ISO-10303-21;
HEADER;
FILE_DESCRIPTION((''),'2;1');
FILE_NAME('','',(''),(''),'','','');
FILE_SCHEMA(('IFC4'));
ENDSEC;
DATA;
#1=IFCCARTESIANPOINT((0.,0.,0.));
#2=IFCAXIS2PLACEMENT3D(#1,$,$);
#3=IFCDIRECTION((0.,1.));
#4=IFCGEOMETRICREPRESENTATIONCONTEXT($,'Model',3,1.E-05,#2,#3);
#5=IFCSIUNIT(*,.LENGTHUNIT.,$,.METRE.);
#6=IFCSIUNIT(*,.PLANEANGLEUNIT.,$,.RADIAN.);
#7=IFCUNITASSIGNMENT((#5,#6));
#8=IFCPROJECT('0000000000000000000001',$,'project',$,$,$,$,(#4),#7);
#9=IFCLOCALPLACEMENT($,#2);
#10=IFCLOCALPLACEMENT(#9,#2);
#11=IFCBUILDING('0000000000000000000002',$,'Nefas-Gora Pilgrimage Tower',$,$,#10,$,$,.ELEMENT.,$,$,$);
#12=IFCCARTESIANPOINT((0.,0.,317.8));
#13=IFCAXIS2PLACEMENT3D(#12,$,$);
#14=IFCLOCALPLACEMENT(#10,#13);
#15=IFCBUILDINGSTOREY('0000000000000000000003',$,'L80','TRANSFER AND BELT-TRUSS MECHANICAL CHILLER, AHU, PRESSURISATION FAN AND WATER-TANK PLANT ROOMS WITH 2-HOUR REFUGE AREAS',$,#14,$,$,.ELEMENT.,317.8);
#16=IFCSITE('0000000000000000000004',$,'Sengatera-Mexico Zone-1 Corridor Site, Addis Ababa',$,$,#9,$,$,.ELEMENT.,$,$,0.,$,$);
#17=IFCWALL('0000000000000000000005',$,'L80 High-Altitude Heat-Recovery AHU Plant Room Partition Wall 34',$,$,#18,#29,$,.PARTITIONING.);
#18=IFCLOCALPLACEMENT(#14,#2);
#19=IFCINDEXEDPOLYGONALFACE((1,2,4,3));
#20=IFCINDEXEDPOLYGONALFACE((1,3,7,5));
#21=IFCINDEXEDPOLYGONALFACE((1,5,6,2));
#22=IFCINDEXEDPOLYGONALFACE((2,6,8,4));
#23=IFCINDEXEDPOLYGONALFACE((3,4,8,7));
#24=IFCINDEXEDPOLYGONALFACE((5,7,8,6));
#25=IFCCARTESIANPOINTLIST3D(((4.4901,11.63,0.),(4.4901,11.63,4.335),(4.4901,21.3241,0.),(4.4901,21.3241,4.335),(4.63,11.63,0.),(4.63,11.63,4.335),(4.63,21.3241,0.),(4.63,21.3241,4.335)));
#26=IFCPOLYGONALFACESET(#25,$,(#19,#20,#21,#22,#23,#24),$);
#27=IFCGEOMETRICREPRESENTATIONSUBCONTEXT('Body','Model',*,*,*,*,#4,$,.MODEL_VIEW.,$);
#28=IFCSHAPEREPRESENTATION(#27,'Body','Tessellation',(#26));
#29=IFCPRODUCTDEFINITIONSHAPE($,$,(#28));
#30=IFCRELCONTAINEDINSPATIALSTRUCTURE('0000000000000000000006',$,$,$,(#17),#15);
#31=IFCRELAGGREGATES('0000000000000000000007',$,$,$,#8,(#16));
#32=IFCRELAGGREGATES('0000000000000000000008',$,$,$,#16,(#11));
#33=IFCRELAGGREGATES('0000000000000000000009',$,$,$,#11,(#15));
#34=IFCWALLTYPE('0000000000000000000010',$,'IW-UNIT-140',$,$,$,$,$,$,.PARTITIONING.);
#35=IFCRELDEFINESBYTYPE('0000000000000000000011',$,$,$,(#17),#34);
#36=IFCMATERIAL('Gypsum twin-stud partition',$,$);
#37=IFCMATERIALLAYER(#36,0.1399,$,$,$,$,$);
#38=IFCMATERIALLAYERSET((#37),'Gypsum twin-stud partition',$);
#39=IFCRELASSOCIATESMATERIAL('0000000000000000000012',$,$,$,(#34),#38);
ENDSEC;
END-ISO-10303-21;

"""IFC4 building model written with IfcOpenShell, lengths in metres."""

from ifc_helpers import new_model, si_unit, direction, frame, frame_2d, origin, place, context, subcontext, project, spatial, rectangle, extrude, source, transform, mapped, material, layer, layer_set, type_object, element, save


model = new_model("IFC4")

# Units and contexts
model_context = context("Model", 3, precision=1e-05, world=origin(), true_north=direction((0.0, 1.0)))
body_context = subcontext(model_context, "Body", "Model", "MODEL_VIEW")
ifc_project = project(units=[si_unit("LENGTHUNIT", "METRE"), si_unit("PLANEANGLEUNIT", "RADIAN")], contexts=[model_context])

# Site, building, storey
site_placement = place(None, origin())
site = spatial("IfcSite", under=ifc_project, at=site_placement, Name="Sengatera-Mexico Zone-1 Corridor Site, Addis Ababa", CompositionType="ELEMENT", RefElevation=0.0)
building_placement = place(site_placement, origin())
building = spatial("IfcBuilding", under=site, at=building_placement, Name="Nefas-Gora Pilgrimage Tower", CompositionType="ELEMENT")
storey_placement = place(building_placement, frame((0.0, 0.0, 317.8)))
storey = spatial("IfcBuildingStorey", under=building, at=storey_placement, Name="L80", Description="TRANSFER AND BELT-TRUSS MECHANICAL CHILLER, AHU, PRESSURISATION FAN AND WATER-TANK PLANT ROOMS WITH 2-HOUR REFUGE AREAS", CompositionType="ELEMENT", Elevation=317.8)

# Wall
ifc_material_1 = material(Name="Gypsum twin-stud partition")
ifc_layer_1 = layer(ifc_material_1, 0.1399)
ifc_layer_set_1 = layer_set([ifc_layer_1], Name="Gypsum twin-stud partition")
wall_type_1 = type_object("IfcWallType", Name="IW-UNIT-140", PredefinedType="PARTITIONING", material=ifc_layer_set_1)
shared_shape_1 = source(origin(), body_context, "Body", "SweptSolid", [
    extrude(rectangle(XDim=9.6941, YDim=0.1399, at=frame_2d((4.8472, 0.0))), origin(), (0.0, 0.0, 1.0), 4.335),
])
wall_1_placement = place(storey_placement, frame((4.5601, 11.6299, 0.0), z_axis=(0.0, 0.0, 1.0), x_axis=(0.0, 1.0, 0.0)))
element("IfcWall", 1, at=wall_1_placement, inside=storey, type_object=wall_type_1, Name="L80 High-Altitude Heat-Recovery AHU Plant Room Partition Wall 34", PredefinedType="PARTITIONING", context=body_context, shape_type="MappedRepresentation", body=[
    mapped(shared_shape_1, transform((0.0, 0.0, 0.0), x_axis=(1.0, 0.0, 0.0), y_axis=(0.0, 1.0, 0.0), z_axis=(0.0, 0.0, 1.0), scale=1.0)),
])

save(model, "model.ifc")
